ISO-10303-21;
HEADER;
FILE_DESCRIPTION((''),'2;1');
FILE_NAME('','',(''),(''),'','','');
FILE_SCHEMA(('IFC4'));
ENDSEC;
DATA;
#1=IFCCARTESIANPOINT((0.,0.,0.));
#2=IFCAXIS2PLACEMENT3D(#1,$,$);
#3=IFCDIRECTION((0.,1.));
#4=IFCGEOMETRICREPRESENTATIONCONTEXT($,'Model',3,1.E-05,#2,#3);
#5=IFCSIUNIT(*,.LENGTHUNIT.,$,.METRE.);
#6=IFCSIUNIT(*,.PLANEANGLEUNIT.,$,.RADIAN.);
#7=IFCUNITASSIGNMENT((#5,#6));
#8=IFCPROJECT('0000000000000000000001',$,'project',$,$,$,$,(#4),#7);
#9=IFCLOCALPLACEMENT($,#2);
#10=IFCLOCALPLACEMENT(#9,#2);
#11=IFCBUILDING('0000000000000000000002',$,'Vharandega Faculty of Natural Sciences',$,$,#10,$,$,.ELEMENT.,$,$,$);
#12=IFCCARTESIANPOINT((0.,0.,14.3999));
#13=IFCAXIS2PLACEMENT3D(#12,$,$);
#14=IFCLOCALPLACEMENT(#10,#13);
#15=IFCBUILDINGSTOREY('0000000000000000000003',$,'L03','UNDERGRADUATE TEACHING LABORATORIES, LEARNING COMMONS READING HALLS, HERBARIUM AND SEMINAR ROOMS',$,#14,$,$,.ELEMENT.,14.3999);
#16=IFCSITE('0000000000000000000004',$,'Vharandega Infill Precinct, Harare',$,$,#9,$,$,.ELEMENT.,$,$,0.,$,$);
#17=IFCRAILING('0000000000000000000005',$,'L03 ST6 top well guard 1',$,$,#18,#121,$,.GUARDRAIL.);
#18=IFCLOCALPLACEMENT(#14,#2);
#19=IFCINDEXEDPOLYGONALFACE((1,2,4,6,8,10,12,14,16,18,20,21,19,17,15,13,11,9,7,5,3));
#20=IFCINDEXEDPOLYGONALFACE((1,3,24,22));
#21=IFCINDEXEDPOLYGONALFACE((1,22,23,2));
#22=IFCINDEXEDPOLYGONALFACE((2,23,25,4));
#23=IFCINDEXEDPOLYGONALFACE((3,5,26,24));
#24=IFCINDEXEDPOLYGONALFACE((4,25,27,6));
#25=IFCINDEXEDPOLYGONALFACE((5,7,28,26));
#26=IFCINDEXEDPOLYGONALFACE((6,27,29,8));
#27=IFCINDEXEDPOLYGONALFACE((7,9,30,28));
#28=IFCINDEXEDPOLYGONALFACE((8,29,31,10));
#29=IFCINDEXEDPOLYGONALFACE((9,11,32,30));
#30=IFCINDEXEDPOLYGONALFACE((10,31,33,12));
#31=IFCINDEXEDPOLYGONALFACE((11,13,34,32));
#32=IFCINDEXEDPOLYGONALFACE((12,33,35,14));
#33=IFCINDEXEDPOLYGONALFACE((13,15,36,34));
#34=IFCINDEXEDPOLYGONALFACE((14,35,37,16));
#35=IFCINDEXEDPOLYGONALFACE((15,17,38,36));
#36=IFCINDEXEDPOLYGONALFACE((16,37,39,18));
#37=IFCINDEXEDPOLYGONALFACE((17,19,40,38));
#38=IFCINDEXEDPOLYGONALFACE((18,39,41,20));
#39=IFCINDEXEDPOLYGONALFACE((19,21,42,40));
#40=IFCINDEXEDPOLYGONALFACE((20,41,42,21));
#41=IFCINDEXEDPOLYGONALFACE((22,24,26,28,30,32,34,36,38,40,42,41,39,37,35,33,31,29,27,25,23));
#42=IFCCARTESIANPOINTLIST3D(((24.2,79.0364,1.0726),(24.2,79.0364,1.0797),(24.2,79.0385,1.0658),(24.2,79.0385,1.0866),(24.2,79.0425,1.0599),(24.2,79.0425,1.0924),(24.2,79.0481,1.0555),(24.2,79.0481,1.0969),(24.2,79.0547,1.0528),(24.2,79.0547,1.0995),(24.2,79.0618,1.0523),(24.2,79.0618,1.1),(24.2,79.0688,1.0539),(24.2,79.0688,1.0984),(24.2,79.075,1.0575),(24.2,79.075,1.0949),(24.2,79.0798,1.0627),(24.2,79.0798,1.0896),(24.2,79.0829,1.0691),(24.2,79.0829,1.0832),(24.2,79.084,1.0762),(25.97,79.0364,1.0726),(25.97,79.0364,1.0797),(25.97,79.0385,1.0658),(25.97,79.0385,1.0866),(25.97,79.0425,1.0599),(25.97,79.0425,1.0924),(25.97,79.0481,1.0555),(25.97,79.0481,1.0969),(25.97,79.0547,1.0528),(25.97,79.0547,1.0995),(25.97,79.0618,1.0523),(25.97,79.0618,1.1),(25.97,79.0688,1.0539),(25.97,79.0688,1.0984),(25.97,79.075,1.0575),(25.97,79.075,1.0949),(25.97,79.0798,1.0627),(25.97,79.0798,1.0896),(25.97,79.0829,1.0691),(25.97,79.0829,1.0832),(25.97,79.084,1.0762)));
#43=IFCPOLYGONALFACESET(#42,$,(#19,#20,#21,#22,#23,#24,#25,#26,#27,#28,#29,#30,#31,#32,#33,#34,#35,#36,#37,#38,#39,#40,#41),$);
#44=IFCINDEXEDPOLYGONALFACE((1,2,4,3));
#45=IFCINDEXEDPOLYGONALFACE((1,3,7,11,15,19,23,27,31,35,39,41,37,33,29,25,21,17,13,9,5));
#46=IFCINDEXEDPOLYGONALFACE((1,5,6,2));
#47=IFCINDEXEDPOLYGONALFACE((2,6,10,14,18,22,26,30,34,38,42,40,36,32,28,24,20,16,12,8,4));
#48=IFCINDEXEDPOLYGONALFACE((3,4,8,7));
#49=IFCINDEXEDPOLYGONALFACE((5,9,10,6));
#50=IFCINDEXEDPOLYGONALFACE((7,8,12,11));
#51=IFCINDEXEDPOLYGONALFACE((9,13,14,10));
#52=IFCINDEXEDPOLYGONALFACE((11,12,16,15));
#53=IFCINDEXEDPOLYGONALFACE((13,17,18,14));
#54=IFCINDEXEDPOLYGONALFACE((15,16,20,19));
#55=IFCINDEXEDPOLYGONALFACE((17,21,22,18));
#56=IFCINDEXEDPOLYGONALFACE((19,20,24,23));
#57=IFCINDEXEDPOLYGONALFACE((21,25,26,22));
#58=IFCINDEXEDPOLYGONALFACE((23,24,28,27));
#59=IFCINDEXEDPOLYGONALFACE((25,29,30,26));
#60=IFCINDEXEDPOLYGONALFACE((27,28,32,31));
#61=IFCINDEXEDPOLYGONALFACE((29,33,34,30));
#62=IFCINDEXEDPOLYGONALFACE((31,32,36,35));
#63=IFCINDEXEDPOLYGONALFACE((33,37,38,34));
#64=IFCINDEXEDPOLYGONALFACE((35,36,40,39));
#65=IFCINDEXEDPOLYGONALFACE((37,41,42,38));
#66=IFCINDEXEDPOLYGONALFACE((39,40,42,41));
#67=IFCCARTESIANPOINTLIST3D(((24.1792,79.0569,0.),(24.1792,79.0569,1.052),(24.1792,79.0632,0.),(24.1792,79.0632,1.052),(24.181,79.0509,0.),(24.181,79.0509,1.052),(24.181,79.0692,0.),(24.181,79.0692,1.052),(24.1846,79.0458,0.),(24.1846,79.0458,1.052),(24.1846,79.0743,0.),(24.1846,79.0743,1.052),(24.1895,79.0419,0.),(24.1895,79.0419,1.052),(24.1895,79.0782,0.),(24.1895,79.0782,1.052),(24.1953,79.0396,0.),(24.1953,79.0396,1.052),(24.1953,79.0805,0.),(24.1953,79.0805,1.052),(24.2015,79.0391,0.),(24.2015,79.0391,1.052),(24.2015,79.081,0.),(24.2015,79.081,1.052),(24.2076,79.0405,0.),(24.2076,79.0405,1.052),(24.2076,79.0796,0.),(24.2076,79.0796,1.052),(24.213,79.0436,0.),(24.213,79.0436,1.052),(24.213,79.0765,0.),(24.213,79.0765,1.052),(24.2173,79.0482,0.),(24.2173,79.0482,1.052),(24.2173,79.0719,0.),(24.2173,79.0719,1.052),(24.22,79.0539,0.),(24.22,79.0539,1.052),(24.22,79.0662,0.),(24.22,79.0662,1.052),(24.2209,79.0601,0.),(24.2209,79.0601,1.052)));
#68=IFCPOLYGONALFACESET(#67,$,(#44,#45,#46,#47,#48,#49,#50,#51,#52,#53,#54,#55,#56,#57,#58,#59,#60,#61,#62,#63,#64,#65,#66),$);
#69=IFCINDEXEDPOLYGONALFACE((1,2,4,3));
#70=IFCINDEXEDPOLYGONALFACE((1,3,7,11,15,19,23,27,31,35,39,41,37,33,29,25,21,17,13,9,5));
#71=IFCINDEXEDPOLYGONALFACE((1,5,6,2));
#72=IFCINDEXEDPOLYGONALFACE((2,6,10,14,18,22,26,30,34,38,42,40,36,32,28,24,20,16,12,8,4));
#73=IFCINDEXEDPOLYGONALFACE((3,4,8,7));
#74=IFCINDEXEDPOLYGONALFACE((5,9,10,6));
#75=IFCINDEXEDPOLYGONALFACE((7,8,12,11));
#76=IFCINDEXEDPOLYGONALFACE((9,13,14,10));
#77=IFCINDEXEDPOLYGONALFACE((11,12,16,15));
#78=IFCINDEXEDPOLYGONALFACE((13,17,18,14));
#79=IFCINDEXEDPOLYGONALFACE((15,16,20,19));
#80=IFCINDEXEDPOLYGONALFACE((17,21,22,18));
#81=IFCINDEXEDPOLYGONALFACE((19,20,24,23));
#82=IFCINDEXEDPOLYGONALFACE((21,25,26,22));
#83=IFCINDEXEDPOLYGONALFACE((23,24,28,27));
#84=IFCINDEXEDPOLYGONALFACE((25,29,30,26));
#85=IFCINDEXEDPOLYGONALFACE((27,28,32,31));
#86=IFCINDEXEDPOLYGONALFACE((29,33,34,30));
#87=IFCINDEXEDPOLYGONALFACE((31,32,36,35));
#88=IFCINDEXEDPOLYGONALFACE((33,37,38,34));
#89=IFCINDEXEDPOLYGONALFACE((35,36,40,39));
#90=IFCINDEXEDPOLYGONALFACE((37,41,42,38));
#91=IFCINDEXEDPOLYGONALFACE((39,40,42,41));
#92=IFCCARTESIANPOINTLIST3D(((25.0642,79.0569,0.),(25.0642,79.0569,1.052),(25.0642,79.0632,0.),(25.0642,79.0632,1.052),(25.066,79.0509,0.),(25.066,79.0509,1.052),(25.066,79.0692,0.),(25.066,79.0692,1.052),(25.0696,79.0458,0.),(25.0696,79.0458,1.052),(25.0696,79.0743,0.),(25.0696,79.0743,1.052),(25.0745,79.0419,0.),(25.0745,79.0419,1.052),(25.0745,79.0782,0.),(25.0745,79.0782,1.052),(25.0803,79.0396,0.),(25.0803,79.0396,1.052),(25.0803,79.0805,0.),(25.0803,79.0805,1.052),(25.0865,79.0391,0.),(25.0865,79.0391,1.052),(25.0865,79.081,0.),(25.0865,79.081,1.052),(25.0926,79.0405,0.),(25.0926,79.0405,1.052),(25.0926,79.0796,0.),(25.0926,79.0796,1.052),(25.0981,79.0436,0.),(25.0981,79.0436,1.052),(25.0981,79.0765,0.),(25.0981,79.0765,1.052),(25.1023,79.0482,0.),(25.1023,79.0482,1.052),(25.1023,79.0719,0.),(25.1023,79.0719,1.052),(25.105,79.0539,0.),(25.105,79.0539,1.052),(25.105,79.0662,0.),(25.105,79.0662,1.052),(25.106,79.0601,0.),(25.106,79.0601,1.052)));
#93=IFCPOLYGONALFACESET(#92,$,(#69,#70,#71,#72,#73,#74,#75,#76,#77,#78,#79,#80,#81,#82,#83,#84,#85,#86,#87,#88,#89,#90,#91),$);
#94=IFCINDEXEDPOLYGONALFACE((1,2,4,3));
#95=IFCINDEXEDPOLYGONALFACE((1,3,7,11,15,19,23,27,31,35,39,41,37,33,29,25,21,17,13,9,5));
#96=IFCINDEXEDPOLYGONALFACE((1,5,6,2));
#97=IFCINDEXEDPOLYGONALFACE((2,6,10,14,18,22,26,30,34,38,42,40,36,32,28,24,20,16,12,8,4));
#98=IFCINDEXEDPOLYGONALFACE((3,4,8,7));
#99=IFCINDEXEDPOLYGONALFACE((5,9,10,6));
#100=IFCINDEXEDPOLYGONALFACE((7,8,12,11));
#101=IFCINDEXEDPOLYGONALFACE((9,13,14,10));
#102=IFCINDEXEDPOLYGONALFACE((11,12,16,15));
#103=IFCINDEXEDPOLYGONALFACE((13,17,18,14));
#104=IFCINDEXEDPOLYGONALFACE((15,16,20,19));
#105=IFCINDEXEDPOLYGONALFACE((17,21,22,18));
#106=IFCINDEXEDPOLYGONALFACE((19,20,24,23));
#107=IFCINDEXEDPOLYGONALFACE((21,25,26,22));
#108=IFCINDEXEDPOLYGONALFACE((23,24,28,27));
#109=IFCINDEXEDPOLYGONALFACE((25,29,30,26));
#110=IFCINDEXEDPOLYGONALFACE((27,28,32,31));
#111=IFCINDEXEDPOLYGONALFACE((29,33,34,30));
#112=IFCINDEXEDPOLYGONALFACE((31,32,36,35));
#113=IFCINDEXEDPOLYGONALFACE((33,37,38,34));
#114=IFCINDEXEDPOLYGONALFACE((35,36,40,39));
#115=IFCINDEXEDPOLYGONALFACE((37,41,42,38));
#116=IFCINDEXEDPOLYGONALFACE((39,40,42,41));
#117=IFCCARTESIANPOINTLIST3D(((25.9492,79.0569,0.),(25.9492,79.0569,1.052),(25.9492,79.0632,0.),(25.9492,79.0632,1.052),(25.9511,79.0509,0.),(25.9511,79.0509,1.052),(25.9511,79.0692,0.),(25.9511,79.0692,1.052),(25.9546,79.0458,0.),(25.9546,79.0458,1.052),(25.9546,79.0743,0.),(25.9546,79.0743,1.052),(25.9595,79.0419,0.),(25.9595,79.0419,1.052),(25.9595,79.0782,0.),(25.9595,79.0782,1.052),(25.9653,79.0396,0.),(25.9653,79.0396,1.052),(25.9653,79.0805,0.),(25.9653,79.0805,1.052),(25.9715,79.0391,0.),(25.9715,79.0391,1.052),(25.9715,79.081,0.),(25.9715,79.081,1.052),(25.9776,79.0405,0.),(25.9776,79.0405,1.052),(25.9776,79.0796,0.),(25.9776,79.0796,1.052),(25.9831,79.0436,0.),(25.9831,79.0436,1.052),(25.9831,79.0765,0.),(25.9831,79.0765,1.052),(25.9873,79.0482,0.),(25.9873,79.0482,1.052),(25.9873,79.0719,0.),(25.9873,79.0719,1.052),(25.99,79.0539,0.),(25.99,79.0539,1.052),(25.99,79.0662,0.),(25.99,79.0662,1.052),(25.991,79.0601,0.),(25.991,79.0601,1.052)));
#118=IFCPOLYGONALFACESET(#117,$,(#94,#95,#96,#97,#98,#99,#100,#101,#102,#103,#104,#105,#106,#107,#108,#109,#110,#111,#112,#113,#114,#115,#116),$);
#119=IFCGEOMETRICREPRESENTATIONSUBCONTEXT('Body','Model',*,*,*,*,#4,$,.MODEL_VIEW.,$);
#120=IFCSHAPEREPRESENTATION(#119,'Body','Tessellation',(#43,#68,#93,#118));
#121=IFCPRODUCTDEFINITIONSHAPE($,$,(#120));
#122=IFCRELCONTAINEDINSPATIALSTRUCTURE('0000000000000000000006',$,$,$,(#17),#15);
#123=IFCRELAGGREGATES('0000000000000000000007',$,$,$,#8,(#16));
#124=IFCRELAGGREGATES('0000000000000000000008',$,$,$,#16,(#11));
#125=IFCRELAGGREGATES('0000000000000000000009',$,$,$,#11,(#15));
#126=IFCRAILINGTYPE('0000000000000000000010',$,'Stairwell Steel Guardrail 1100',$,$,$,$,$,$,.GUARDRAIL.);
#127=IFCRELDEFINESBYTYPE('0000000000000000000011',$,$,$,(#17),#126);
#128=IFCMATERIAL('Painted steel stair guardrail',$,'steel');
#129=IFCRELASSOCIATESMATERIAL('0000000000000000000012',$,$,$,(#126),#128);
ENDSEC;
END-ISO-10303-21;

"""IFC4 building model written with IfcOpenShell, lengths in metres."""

from ifc_helpers import new_model, si_unit, direction, frame, origin, origin_2d, place, context, subcontext, project, spatial, circle, extrude, material, type_object, element, save


model = new_model("IFC4")

# Units and contexts
model_context = context("Model", 3, precision=1e-05, world=origin(), true_north=direction((0.0, 1.0)))
body_context = subcontext(model_context, "Body", "Model", "MODEL_VIEW")
ifc_project = project(units=[si_unit("LENGTHUNIT", "METRE"), si_unit("PLANEANGLEUNIT", "RADIAN")], contexts=[model_context])

# Site, building, storey
site_placement = place(None, origin())
site = spatial("IfcSite", under=ifc_project, at=site_placement, Name="Vharandega Infill Precinct, Harare", CompositionType="ELEMENT", RefElevation=0.0)
building_placement = place(site_placement, origin())
building = spatial("IfcBuilding", under=site, at=building_placement, Name="Vharandega Faculty of Natural Sciences", CompositionType="ELEMENT")
storey_placement = place(building_placement, frame((0.0, 0.0, 14.3999)))
storey = spatial("IfcBuildingStorey", under=building, at=storey_placement, Name="L03", Description="UNDERGRADUATE TEACHING LABORATORIES, LEARNING COMMONS READING HALLS, HERBARIUM AND SEMINAR ROOMS", CompositionType="ELEMENT", Elevation=14.3999)

# Railing
ifc_material_1 = material(Name="Painted steel stair guardrail", Category="steel")
railing_type_1 = type_object("IfcRailingType", Name="Stairwell Steel Guardrail 1100", PredefinedType="GUARDRAIL", material=ifc_material_1)
railing_1_placement = place(storey_placement, frame((24.2, 79.0601, 0.0)))
element("IfcRailing", 1, at=railing_1_placement, inside=storey, type_object=railing_type_1, Name="L03 ST6 top well guard 1", PredefinedType="GUARDRAIL", context=body_context, shape_type="SweptSolid", body=[
    extrude(circle(Radius=0.0239, at=origin_2d()), frame((0.0, 0.0, 1.0762), z_axis=(1.0, 0.0, 0.0), x_axis=(0.0, 1.0, 0.0)), (0.0, 0.0, 1.0), 1.77),
    extrude(circle(Radius=0.021, at=origin_2d()), origin(), (0.0, 0.0, 1.0), 1.052),
    extrude(circle(Radius=0.021, at=origin_2d()), frame((0.885, 0.0, 0.0)), (0.0, 0.0, 1.0), 1.052),
    extrude(circle(Radius=0.021, at=origin_2d()), frame((1.77, 0.0, 0.0)), (0.0, 0.0, 1.0), 1.052),
])

save(model, "model.ifc")
